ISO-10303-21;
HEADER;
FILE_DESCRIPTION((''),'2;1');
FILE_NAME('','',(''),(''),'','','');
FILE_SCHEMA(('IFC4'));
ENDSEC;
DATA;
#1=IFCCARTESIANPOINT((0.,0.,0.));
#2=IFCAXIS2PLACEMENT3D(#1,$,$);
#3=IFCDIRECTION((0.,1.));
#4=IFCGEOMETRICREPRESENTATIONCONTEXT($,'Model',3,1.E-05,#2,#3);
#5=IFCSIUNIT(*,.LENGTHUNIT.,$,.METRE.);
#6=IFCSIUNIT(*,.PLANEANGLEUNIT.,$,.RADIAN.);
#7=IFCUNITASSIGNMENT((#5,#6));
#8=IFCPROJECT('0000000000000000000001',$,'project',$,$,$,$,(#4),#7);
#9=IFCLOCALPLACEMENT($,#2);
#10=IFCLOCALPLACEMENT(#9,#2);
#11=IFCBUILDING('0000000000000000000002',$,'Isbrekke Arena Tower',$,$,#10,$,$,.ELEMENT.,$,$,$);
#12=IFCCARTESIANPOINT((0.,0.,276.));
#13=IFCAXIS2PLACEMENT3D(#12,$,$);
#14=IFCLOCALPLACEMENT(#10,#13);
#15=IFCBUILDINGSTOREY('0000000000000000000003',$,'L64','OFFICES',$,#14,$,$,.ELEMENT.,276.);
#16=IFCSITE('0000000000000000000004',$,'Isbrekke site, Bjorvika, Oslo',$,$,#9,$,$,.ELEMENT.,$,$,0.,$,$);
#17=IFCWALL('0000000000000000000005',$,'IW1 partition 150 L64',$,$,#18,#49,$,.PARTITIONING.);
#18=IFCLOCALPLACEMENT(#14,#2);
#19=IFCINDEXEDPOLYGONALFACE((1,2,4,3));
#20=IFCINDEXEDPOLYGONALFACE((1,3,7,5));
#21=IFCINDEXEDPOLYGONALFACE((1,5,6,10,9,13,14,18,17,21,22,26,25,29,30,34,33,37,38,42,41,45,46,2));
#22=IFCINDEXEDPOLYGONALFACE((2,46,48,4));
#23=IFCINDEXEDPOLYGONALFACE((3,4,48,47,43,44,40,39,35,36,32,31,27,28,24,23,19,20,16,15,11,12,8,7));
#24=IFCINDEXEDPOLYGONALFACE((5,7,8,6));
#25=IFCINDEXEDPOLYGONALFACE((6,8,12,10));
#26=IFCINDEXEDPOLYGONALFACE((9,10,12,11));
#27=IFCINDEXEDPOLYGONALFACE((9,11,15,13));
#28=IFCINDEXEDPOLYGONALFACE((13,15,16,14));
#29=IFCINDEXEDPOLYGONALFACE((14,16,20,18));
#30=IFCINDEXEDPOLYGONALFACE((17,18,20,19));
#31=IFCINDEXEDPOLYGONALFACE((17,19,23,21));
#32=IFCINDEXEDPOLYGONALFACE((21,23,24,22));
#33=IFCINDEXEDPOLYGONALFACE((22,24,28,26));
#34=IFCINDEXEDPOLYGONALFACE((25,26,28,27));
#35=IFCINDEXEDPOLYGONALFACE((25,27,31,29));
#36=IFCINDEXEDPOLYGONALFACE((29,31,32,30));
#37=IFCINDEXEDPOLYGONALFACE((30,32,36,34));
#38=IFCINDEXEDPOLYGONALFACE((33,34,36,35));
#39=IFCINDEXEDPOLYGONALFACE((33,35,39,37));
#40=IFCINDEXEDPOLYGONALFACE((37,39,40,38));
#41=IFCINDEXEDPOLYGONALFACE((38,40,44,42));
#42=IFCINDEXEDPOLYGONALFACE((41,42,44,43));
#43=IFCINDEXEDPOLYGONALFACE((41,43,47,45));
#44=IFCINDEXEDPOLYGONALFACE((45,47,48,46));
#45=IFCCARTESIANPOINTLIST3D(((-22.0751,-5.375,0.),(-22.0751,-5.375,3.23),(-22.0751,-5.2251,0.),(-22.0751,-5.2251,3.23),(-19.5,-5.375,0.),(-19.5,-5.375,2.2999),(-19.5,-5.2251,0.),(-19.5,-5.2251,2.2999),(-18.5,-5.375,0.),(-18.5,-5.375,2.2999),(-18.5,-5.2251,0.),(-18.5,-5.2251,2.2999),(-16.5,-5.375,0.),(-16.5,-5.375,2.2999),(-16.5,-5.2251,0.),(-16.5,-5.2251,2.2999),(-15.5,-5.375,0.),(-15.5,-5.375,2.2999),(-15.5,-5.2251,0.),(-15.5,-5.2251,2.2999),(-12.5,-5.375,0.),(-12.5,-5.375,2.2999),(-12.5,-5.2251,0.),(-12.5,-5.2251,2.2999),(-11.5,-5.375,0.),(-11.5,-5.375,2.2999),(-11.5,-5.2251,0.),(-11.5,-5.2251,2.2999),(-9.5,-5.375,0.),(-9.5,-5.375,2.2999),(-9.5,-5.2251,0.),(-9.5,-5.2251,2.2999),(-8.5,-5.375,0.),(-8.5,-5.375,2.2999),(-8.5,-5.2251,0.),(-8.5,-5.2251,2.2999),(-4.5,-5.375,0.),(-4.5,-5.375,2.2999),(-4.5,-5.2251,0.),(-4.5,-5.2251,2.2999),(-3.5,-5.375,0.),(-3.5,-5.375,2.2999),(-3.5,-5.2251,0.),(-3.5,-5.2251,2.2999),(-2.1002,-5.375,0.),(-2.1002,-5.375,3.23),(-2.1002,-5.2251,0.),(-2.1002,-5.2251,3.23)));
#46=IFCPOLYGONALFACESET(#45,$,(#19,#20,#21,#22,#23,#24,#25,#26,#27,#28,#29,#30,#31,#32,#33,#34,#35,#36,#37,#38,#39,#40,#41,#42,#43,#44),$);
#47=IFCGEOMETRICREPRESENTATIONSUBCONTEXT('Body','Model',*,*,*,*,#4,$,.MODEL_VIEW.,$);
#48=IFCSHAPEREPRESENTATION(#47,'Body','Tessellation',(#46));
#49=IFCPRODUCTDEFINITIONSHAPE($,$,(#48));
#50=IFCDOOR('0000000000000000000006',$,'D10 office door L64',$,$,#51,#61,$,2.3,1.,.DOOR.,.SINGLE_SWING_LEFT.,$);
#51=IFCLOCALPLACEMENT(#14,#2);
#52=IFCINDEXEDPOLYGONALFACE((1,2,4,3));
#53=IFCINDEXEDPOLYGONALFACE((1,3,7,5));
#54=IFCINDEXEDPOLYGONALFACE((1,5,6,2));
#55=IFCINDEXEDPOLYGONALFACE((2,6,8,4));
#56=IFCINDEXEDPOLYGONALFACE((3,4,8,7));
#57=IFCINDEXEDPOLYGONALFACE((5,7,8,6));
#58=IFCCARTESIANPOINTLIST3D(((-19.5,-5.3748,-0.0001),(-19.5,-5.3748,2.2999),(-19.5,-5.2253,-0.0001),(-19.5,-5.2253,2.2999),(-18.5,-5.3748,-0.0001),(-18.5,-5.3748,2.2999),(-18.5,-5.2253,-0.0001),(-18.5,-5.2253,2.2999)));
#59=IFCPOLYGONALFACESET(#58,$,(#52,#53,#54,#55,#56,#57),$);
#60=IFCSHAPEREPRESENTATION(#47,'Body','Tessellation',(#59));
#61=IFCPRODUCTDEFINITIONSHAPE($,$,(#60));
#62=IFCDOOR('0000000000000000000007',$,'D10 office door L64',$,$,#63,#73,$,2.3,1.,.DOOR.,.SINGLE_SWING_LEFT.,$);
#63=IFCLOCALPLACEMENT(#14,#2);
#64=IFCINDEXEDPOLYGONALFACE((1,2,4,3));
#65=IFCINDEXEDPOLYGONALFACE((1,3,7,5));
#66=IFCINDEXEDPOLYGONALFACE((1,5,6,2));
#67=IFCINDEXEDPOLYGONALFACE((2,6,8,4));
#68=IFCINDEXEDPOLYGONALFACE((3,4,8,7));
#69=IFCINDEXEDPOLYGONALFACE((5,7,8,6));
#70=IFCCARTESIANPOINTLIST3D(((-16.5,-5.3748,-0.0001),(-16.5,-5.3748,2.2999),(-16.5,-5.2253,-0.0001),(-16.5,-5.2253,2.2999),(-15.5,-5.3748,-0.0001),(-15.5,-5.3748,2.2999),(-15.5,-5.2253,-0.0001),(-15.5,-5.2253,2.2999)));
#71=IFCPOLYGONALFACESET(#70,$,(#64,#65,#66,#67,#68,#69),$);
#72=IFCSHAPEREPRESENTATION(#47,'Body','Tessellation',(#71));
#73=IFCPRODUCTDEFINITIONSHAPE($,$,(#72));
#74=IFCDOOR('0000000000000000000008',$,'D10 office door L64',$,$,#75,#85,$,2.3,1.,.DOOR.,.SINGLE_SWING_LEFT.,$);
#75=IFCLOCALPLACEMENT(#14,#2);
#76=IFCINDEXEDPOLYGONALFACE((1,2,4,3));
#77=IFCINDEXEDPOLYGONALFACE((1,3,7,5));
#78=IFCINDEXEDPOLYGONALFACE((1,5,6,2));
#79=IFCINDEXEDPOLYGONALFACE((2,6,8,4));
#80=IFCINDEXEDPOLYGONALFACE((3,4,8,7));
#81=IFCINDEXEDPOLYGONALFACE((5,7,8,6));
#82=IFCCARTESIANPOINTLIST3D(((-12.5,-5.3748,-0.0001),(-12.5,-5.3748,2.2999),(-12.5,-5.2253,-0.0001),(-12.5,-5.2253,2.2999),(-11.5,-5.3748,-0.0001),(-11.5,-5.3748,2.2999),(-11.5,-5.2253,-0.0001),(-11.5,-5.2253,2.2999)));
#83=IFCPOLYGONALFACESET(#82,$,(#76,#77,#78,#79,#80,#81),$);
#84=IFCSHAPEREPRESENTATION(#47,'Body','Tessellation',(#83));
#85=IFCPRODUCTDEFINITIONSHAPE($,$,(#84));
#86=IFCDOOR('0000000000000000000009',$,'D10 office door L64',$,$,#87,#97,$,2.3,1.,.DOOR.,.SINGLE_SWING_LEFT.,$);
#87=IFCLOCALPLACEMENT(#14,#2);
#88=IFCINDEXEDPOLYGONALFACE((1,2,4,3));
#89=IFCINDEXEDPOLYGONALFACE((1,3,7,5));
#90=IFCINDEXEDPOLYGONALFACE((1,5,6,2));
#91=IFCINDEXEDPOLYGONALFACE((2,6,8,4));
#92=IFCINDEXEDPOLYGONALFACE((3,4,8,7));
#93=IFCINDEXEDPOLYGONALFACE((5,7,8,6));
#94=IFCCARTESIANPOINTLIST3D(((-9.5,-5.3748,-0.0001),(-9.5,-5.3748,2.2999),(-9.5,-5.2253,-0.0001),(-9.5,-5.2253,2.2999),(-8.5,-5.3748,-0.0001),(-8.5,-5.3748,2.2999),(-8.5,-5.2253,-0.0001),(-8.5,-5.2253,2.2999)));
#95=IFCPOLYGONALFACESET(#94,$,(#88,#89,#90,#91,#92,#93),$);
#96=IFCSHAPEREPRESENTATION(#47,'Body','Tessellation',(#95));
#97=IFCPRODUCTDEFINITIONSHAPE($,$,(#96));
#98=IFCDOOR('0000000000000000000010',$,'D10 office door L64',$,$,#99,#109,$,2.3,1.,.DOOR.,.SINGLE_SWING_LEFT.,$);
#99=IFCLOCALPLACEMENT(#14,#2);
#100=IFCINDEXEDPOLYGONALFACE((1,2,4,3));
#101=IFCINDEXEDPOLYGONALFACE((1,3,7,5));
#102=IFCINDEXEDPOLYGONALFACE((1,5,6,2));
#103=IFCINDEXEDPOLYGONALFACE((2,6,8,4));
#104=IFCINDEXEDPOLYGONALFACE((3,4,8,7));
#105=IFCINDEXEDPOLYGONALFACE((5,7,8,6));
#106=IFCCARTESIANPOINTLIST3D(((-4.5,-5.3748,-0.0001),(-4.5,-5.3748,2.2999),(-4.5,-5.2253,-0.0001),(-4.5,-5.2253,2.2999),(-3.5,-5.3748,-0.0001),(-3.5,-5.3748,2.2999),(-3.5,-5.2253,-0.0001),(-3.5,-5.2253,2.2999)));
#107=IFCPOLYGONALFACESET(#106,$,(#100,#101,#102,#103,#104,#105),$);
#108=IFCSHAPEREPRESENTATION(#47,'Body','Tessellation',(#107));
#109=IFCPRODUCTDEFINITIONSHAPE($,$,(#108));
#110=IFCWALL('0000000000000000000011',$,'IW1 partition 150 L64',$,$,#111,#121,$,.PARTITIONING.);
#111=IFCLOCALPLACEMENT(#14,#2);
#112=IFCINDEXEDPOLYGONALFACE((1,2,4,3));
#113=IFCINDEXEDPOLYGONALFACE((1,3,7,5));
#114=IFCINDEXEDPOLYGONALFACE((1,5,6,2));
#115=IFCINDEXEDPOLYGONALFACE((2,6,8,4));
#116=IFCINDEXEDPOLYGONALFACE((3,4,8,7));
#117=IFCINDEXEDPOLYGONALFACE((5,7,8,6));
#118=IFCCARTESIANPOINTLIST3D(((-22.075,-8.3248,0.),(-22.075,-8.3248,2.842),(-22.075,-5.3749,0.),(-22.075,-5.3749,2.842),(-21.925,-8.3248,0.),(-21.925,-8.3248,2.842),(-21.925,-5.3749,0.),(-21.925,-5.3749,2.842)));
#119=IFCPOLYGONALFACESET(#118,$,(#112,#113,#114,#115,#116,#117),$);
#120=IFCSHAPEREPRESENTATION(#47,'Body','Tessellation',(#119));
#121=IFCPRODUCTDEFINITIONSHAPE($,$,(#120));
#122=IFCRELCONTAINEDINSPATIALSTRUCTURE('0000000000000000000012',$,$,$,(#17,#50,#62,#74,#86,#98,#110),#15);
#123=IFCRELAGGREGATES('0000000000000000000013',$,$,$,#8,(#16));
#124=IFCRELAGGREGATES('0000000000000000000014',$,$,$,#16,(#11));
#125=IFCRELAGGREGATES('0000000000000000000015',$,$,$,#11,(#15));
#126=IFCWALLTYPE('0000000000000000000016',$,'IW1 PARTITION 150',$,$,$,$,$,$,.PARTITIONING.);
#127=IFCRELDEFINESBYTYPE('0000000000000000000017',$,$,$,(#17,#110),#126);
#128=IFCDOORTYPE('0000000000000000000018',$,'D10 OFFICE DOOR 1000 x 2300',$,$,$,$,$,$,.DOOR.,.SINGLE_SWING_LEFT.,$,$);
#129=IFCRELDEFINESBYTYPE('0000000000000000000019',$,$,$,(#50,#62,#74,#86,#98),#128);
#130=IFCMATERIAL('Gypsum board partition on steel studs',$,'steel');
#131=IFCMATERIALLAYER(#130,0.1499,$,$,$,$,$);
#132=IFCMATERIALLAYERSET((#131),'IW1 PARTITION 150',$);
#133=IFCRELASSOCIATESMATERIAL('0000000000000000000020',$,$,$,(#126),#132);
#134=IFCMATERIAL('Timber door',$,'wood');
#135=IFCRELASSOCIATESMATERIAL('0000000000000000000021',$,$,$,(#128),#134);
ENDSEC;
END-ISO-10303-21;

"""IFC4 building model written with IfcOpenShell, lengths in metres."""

from ifc_helpers import new_model, si_unit, direction, frame, frame_2d, origin, place, context, subcontext, project, spatial, rectangle, extrude, material, layer, layer_set, type_object, element, fill, save


model = new_model("IFC4")

# Units and contexts
model_context = context("Model", 3, precision=1e-05, world=origin(), true_north=direction((0.0, 1.0)))
body_context = subcontext(model_context, "Body", "Model", "MODEL_VIEW")
ifc_project = project(units=[si_unit("LENGTHUNIT", "METRE"), si_unit("PLANEANGLEUNIT", "RADIAN")], contexts=[model_context])

# Site, building, storey
site_placement = place(None, origin())
site = spatial("IfcSite", under=ifc_project, at=site_placement, Name="Isbrekke site, Bjorvika, Oslo", CompositionType="ELEMENT", RefElevation=0.0)
building_placement = place(site_placement, origin())
building = spatial("IfcBuilding", under=site, at=building_placement, Name="Isbrekke Arena Tower", CompositionType="ELEMENT")
storey_placement = place(building_placement, frame((0.0, 0.0, 276.0)))
storey = spatial("IfcBuildingStorey", under=building, at=storey_placement, Name="L64", Description="OFFICES", CompositionType="ELEMENT", Elevation=276.0)

# Wall, openings, doors
ifc_material_1 = material(Name="Gypsum board partition on steel studs", Category="steel")
ifc_layer = layer(ifc_material_1, 0.1499)
ifc_layer_set = layer_set([ifc_layer], Name="IW1 PARTITION 150")
wall_type = type_object("IfcWallType", Name="IW1 PARTITION 150", PredefinedType="PARTITIONING", material=ifc_layer_set)
wall_1_placement = place(storey_placement, frame((-22.075, -5.3, 0.0), z_axis=(0.0, 0.0, 1.0), x_axis=(1.0, 0.0, 0.0)))
wall_1 = element("IfcWall", 1, at=wall_1_placement, inside=storey, type_object=wall_type, Name="IW1 partition 150 L64", PredefinedType="PARTITIONING", context=body_context, shape_type="SweptSolid", body=[
    extrude(rectangle(XDim=19.9749, YDim=0.1499, at=frame_2d((9.9873, 0.0))), origin(), (0.0, 0.0, 1.0), 3.23),
])
opening_1_placement = place(wall_1_placement, frame((2.575, 0.0, 0.0)))
opening_1 = element("IfcOpeningElement", 2, at=opening_1_placement, cuts=wall_1, PredefinedType="OPENING", context=body_context, shape_type="SweptSolid", body=[
    extrude(rectangle(XDim=1.0, YDim=2.3, at=frame_2d((0.5, 1.1499))), frame((0.0, 0.0898, 0.0), z_axis=(0.0, -1.0, 0.0), x_axis=(1.0, 0.0, 0.0)), (0.0, 0.0, 1.0), 0.1797),
])
opening_2_placement = place(wall_1_placement, frame((5.575, 0.0, 0.0)))
opening_2 = element("IfcOpeningElement", 3, at=opening_2_placement, cuts=wall_1, PredefinedType="OPENING", context=body_context, shape_type="SweptSolid", body=[
    extrude(rectangle(XDim=1.0, YDim=2.3, at=frame_2d((0.5, 1.1499))), frame((0.0, 0.0898, 0.0), z_axis=(0.0, -1.0, 0.0), x_axis=(1.0, 0.0, 0.0)), (0.0, 0.0, 1.0), 0.1797),
])
opening_3_placement = place(wall_1_placement, frame((9.575, 0.0, 0.0)))
opening_3 = element("IfcOpeningElement", 4, at=opening_3_placement, cuts=wall_1, PredefinedType="OPENING", context=body_context, shape_type="SweptSolid", body=[
    extrude(rectangle(XDim=1.0, YDim=2.3, at=frame_2d((0.5, 1.1499))), frame((0.0, 0.0898, 0.0), z_axis=(0.0, -1.0, 0.0), x_axis=(1.0, 0.0, 0.0)), (0.0, 0.0, 1.0), 0.1797),
])
opening_4_placement = place(wall_1_placement, frame((12.575, 0.0, 0.0)))
opening_4 = element("IfcOpeningElement", 5, at=opening_4_placement, cuts=wall_1, PredefinedType="OPENING", context=body_context, shape_type="SweptSolid", body=[
    extrude(rectangle(XDim=1.0, YDim=2.3, at=frame_2d((0.5, 1.1499))), frame((0.0, 0.0898, 0.0), z_axis=(0.0, -1.0, 0.0), x_axis=(1.0, 0.0, 0.0)), (0.0, 0.0, 1.0), 0.1797),
])
opening_5_placement = place(wall_1_placement, frame((17.575, 0.0, 0.0)))
opening_5 = element("IfcOpeningElement", 6, at=opening_5_placement, cuts=wall_1, PredefinedType="OPENING", context=body_context, shape_type="SweptSolid", body=[
    extrude(rectangle(XDim=1.0, YDim=2.3, at=frame_2d((0.5, 1.1499))), frame((0.0, 0.0898, 0.0), z_axis=(0.0, -1.0, 0.0), x_axis=(1.0, 0.0, 0.0)), (0.0, 0.0, 1.0), 0.1797),
])
ifc_material_2 = material(Name="Timber door", Category="wood")
door_type = type_object("IfcDoorType", Name="D10 OFFICE DOOR 1000 x 2300", OperationType="SINGLE_SWING_LEFT", PredefinedType="DOOR", material=ifc_material_2)
door_1_placement = place(opening_1_placement, origin())
door_1 = element("IfcDoor", 7, at=door_1_placement, inside=storey, type_object=door_type, Name="D10 office door L64", OperationType="SINGLE_SWING_LEFT", OverallHeight=2.3, OverallWidth=1.0, PredefinedType="DOOR", context=body_context, shape_type="SweptSolid", body=[
    extrude(rectangle(XDim=1.0, YDim=2.3, at=frame_2d((0.5, 1.1499))), frame((0.0, 0.0747, 0.0), z_axis=(0.0, -1.0, 0.0), x_axis=(1.0, 0.0, 0.0)), (0.0, 0.0, 1.0), 0.1494),
])
fill(opening_1, door_1)
door_2_placement = place(opening_2_placement, origin())
door_2 = element("IfcDoor", 8, at=door_2_placement, inside=storey, type_object=door_type, Name="D10 office door L64", OperationType="SINGLE_SWING_LEFT", OverallHeight=2.3, OverallWidth=1.0, PredefinedType="DOOR", context=body_context, shape_type="SweptSolid", body=[
    extrude(rectangle(XDim=1.0, YDim=2.3, at=frame_2d((0.5, 1.1499))), frame((0.0, 0.0747, 0.0), z_axis=(0.0, -1.0, 0.0), x_axis=(1.0, 0.0, 0.0)), (0.0, 0.0, 1.0), 0.1494),
])
fill(opening_2, door_2)
door_3_placement = place(opening_3_placement, origin())
door_3 = element("IfcDoor", 9, at=door_3_placement, inside=storey, type_object=door_type, Name="D10 office door L64", OperationType="SINGLE_SWING_LEFT", OverallHeight=2.3, OverallWidth=1.0, PredefinedType="DOOR", context=body_context, shape_type="SweptSolid", body=[
    extrude(rectangle(XDim=1.0, YDim=2.3, at=frame_2d((0.5, 1.1499))), frame((0.0, 0.0747, 0.0), z_axis=(0.0, -1.0, 0.0), x_axis=(1.0, 0.0, 0.0)), (0.0, 0.0, 1.0), 0.1494),
])
fill(opening_3, door_3)
door_4_placement = place(opening_4_placement, origin())
door_4 = element("IfcDoor", 10, at=door_4_placement, inside=storey, type_object=door_type, Name="D10 office door L64", OperationType="SINGLE_SWING_LEFT", OverallHeight=2.3, OverallWidth=1.0, PredefinedType="DOOR", context=body_context, shape_type="SweptSolid", body=[
    extrude(rectangle(XDim=1.0, YDim=2.3, at=frame_2d((0.5, 1.1499))), frame((0.0, 0.0747, 0.0), z_axis=(0.0, -1.0, 0.0), x_axis=(1.0, 0.0, 0.0)), (0.0, 0.0, 1.0), 0.1494),
])
fill(opening_4, door_4)
door_5_placement = place(opening_5_placement, origin())
door_5 = element("IfcDoor", 11, at=door_5_placement, inside=storey, type_object=door_type, Name="D10 office door L64", OperationType="SINGLE_SWING_LEFT", OverallHeight=2.3, OverallWidth=1.0, PredefinedType="DOOR", context=body_context, shape_type="SweptSolid", body=[
    extrude(rectangle(XDim=1.0, YDim=2.3, at=frame_2d((0.5, 1.1499))), frame((0.0, 0.0747, 0.0), z_axis=(0.0, -1.0, 0.0), x_axis=(1.0, 0.0, 0.0)), (0.0, 0.0, 1.0), 0.1494),
])
fill(opening_5, door_5)

# Wall
wall_2_placement = place(storey_placement, frame((-22.0, -8.325, 0.0), z_axis=(0.0, 0.0, 1.0), x_axis=(0.0, 1.0, 0.0)))
element("IfcWall", 12, at=wall_2_placement, inside=storey, type_object=wall_type, Name="IW1 partition 150 L64", PredefinedType="PARTITIONING", context=body_context, shape_type="SweptSolid", body=[
    extrude(rectangle(XDim=2.95, YDim=0.1499, at=frame_2d((1.4751, 0.0))), origin(), (0.0, 0.0, 1.0), 2.842),
])

save(model, "model.ifc")
